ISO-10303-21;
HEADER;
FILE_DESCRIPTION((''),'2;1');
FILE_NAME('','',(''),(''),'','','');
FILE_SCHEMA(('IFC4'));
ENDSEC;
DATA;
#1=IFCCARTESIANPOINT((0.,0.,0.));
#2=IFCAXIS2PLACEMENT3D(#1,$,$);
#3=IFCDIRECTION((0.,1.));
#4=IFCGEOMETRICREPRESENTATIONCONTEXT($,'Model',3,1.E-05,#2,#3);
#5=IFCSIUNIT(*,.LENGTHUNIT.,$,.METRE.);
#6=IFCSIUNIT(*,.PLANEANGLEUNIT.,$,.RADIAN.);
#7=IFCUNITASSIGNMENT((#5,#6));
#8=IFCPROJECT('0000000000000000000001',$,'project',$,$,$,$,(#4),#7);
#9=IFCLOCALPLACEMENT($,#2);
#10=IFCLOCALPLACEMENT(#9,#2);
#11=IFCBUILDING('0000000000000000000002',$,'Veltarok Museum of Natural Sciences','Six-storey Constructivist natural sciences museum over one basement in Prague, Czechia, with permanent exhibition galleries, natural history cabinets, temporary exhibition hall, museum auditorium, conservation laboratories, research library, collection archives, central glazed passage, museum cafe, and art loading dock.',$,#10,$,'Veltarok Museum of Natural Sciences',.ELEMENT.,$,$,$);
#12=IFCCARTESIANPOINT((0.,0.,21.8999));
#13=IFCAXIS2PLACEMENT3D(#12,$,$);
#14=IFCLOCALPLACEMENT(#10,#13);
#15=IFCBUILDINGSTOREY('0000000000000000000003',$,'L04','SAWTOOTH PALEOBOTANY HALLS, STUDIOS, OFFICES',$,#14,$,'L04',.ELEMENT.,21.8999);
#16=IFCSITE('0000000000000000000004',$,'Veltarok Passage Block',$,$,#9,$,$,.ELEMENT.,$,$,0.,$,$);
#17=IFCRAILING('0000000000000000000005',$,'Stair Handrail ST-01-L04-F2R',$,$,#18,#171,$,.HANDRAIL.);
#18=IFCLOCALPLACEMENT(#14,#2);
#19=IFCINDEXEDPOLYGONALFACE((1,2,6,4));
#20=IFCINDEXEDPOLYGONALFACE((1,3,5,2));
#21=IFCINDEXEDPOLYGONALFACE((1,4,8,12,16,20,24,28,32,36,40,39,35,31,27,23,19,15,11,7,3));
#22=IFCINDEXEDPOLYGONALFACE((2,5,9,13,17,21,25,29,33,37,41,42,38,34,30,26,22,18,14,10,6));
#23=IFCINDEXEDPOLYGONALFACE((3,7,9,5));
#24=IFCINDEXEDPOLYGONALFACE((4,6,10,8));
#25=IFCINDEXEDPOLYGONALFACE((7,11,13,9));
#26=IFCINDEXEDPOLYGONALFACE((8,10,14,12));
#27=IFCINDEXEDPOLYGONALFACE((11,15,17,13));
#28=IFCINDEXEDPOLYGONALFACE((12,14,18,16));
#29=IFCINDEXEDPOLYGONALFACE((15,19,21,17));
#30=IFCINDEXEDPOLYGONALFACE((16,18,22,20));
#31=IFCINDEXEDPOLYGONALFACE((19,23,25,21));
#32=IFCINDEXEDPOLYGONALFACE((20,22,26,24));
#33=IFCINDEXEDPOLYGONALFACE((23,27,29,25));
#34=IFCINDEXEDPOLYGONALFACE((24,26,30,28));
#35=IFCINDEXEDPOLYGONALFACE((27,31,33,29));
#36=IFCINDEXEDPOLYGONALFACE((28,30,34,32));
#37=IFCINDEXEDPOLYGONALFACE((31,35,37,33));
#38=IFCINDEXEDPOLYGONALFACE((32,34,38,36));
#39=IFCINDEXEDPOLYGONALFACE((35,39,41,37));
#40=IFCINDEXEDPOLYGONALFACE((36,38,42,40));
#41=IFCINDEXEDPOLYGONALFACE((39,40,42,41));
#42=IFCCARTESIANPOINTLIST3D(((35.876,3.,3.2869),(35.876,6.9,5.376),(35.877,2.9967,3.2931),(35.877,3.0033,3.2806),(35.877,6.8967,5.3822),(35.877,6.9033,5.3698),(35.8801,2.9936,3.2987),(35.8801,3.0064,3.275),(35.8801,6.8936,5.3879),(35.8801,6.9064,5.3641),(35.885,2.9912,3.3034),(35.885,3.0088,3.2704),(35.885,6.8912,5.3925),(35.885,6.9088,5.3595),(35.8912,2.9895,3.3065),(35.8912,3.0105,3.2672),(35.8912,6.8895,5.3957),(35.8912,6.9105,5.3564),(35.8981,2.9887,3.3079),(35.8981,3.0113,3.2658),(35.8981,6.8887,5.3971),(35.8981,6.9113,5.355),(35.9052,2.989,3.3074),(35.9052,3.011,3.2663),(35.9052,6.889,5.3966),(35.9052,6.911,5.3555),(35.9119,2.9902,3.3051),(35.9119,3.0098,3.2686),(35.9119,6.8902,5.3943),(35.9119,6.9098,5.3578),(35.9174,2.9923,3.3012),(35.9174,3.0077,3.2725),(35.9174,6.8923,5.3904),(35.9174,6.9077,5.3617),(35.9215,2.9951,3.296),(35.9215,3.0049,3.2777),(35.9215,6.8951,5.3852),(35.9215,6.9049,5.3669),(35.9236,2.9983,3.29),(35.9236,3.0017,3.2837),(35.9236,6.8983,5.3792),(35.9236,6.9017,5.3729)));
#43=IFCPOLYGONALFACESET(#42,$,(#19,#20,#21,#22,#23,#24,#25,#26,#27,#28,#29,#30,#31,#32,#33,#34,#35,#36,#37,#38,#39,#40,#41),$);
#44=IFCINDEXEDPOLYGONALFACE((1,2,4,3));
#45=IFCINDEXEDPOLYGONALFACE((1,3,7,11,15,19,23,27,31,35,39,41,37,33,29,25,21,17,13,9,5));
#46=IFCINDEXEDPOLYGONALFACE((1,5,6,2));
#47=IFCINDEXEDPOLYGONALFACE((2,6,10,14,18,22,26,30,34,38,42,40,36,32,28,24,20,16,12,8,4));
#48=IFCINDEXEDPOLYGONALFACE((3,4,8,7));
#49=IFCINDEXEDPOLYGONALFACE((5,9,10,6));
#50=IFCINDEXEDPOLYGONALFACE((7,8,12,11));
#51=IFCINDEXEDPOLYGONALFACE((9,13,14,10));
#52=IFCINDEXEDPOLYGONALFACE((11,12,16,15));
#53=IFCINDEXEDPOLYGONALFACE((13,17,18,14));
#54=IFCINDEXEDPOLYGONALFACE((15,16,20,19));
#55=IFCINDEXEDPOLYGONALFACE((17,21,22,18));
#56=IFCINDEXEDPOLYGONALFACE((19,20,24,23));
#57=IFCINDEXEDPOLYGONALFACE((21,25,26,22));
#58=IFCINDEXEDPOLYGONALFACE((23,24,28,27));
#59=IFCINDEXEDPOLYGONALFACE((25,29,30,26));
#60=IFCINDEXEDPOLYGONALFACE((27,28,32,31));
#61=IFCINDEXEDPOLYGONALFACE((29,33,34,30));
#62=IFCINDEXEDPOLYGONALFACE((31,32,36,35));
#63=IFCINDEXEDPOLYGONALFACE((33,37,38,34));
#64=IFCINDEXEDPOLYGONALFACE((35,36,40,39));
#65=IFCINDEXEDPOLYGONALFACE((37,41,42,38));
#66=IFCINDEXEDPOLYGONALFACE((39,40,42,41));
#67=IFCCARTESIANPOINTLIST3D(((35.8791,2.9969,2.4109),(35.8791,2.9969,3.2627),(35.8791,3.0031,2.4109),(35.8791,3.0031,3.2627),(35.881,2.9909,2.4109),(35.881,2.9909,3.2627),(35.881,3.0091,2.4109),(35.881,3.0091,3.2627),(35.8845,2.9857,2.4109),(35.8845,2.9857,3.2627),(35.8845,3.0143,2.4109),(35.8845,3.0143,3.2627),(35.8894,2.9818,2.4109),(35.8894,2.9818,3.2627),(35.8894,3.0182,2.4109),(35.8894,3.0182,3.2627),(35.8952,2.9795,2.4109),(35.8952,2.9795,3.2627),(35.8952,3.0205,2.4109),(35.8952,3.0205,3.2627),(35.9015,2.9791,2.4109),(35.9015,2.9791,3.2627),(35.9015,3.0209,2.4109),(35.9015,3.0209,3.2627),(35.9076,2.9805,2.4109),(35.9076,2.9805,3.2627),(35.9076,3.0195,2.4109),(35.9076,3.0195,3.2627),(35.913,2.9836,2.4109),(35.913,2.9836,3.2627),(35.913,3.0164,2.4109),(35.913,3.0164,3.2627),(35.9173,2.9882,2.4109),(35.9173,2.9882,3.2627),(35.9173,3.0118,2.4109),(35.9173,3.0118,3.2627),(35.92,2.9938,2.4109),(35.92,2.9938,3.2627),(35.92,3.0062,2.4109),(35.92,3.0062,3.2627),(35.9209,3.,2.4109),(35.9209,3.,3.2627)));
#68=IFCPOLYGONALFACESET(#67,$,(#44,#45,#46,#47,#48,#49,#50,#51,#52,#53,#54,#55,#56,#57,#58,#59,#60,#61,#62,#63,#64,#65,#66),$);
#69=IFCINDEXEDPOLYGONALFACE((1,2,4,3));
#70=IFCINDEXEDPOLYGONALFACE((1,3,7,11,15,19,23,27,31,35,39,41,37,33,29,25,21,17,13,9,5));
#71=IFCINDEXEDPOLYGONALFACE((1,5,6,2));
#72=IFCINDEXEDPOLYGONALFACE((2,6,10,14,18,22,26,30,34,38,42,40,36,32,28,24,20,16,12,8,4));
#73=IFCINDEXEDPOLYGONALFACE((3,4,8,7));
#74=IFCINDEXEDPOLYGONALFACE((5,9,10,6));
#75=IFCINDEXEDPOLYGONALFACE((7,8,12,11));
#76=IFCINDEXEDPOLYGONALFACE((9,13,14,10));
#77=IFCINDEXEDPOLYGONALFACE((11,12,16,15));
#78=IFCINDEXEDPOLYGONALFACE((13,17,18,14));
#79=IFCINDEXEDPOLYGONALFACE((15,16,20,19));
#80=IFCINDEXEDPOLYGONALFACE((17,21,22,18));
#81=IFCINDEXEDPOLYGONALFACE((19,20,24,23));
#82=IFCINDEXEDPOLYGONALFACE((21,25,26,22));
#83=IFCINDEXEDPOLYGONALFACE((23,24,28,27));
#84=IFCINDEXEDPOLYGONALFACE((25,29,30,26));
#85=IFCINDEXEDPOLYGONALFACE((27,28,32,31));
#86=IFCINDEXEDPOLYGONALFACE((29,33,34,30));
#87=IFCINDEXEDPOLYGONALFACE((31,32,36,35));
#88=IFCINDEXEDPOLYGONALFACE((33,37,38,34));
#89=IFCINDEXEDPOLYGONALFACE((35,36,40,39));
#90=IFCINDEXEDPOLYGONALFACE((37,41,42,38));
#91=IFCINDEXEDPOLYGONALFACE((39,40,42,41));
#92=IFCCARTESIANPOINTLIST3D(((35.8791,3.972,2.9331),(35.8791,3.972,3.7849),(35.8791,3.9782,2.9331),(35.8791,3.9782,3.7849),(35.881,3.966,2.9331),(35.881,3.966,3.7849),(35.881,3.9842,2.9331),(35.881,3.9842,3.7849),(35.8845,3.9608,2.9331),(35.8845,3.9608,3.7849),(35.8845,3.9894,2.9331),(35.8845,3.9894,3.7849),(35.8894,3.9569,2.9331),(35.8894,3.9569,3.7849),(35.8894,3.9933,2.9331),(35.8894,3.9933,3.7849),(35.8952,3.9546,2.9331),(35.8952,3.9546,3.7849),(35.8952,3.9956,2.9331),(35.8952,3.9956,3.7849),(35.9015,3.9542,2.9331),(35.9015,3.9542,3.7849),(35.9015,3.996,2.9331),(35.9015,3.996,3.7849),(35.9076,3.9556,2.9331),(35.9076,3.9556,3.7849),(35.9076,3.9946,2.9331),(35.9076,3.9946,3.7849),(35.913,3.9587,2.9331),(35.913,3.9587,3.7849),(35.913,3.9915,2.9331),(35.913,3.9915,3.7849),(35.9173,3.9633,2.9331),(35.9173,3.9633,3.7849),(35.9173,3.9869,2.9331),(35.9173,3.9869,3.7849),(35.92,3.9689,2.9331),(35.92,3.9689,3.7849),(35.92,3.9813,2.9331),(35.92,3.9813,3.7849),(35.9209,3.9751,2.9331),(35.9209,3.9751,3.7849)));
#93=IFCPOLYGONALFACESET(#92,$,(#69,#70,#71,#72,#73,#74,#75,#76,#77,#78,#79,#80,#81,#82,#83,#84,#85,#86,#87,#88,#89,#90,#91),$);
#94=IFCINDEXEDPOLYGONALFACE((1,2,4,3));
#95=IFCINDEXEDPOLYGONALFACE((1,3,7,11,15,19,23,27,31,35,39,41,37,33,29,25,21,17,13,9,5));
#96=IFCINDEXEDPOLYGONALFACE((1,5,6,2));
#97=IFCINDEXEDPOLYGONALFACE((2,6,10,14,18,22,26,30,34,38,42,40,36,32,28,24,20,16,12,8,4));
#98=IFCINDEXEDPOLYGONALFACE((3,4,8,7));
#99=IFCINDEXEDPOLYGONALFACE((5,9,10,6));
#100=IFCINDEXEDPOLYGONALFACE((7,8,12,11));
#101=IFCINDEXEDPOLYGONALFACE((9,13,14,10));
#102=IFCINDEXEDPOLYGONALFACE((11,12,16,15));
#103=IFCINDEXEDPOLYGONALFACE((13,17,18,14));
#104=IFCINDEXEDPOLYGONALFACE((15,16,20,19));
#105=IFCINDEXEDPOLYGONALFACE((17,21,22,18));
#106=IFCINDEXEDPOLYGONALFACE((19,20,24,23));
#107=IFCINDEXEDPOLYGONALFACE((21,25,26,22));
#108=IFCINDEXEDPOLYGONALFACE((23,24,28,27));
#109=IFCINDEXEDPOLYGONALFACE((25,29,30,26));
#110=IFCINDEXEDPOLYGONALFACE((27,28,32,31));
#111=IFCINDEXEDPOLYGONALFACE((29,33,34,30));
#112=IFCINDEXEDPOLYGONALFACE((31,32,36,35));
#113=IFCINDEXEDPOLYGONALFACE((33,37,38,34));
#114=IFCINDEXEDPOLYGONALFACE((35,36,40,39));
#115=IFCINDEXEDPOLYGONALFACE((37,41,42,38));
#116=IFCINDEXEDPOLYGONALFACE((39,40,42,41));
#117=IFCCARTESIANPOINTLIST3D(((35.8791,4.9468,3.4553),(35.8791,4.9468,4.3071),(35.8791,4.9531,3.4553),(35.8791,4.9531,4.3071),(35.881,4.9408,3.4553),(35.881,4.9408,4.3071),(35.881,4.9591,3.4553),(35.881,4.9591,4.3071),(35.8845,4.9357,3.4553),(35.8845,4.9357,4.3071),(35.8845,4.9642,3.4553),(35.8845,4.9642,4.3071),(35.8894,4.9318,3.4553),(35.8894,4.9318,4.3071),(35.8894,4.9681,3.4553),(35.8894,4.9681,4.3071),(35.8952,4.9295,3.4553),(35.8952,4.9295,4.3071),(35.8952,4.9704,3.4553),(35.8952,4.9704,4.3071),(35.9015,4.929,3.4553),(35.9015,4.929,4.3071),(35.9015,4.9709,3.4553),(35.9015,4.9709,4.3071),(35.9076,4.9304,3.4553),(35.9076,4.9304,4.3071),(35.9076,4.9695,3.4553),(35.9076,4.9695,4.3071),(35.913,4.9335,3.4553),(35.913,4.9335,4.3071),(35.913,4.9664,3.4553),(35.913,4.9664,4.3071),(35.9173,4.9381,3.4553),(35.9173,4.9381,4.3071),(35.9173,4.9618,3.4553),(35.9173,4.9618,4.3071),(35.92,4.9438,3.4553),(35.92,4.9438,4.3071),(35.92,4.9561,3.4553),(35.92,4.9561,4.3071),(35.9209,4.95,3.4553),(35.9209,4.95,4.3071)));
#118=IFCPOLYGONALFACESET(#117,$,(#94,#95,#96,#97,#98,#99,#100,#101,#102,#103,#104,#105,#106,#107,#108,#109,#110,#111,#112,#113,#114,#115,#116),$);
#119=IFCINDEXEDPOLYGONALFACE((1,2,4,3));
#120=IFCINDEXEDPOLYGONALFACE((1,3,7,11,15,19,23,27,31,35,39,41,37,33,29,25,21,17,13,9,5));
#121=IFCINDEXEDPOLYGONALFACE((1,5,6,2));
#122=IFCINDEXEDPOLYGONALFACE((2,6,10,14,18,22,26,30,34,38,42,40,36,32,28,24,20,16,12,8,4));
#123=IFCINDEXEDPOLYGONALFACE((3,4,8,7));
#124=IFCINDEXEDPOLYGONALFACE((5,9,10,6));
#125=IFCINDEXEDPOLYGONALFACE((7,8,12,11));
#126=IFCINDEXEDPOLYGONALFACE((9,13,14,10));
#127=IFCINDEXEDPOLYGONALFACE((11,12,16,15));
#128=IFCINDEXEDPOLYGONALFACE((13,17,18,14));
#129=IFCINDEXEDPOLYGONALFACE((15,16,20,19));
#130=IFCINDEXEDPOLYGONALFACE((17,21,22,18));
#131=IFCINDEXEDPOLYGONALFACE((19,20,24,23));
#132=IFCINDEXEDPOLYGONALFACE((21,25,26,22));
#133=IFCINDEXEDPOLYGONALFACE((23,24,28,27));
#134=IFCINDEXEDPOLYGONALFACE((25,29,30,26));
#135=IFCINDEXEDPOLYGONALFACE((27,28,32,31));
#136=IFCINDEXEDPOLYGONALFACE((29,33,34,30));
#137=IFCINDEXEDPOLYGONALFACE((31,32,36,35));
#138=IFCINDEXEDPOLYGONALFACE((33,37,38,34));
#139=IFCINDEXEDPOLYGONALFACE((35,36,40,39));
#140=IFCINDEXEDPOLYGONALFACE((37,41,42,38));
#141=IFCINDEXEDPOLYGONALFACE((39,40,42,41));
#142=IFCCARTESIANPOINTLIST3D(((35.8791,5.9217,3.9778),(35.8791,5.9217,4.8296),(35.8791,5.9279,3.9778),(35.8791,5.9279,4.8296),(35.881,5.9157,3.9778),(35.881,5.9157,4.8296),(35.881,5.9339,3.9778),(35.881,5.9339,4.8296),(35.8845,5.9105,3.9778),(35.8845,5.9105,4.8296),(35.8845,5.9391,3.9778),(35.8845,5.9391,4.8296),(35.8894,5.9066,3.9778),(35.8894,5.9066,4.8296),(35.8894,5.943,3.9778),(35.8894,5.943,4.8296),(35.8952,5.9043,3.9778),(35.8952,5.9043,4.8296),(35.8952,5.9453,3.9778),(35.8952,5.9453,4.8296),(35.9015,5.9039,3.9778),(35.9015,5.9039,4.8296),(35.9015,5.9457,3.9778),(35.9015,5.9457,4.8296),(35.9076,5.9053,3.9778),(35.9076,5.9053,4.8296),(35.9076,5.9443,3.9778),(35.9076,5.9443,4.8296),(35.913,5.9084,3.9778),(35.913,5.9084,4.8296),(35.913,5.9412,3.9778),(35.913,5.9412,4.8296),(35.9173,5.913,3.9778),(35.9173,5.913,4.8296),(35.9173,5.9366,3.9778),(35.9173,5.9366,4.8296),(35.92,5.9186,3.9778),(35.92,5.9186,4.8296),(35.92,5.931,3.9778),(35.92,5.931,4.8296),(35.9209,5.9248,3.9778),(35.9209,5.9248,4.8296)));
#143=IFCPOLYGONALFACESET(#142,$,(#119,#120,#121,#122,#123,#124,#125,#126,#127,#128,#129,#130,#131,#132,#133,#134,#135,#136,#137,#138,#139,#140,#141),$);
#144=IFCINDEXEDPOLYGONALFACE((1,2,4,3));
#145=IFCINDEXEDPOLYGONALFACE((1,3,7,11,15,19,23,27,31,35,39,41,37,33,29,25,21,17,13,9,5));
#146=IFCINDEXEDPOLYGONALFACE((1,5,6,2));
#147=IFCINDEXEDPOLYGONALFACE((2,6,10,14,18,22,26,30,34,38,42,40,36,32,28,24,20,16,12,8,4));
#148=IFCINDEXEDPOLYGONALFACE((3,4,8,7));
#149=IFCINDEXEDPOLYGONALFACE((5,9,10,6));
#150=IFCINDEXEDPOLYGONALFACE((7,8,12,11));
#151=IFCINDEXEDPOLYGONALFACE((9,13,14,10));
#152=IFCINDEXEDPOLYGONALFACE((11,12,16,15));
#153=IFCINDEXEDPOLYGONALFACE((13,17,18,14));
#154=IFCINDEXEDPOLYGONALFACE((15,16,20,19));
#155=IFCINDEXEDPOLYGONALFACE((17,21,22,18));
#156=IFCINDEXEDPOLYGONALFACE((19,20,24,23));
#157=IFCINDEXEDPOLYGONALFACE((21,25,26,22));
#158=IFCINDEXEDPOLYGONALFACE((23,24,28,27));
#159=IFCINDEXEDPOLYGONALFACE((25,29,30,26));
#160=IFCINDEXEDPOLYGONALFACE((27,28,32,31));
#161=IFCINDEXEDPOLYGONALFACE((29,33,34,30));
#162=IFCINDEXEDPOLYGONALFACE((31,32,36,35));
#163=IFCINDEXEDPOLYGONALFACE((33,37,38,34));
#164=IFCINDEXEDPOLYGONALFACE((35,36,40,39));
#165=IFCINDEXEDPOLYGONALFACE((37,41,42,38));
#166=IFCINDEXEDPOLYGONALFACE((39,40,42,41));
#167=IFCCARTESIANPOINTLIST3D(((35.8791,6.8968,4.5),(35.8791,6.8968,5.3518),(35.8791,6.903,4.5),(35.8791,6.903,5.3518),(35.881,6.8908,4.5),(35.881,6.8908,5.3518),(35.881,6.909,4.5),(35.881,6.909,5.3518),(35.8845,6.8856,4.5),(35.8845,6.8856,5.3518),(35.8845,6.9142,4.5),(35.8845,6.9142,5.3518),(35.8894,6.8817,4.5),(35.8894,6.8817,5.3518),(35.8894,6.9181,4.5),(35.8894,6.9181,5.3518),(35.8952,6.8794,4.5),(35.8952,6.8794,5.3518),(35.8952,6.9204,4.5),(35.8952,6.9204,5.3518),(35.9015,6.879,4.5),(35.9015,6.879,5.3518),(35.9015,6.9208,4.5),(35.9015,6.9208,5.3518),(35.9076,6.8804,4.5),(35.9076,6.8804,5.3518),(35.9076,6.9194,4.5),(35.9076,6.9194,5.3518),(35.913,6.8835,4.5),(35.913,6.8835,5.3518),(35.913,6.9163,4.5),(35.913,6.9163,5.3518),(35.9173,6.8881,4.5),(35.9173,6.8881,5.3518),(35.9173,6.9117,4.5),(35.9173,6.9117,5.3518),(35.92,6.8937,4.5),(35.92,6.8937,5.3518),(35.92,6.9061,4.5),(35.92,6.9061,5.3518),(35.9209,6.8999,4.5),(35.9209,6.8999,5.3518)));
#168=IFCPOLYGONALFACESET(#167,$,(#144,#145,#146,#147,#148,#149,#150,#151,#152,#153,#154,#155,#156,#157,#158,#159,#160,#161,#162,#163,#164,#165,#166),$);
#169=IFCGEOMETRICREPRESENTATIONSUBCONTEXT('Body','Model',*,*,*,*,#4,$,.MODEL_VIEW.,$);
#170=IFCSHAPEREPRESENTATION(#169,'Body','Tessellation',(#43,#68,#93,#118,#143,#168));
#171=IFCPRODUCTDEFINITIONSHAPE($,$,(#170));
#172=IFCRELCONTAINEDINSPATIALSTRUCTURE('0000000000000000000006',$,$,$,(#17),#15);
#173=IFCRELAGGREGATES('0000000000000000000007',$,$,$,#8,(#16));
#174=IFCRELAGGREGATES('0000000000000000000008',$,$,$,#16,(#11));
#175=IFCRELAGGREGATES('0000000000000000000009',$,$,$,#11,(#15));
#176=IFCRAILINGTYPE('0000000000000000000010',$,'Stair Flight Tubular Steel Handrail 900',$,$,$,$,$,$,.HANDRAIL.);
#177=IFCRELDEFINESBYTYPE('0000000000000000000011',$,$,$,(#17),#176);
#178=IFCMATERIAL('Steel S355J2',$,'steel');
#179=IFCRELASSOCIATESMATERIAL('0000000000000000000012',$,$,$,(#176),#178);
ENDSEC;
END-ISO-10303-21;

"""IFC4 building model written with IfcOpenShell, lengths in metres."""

from ifc_helpers import new_model, si_unit, direction, frame, origin, origin_2d, place, context, subcontext, project, spatial, circle, extrude, material, type_object, element, save


model = new_model("IFC4")

# Units and contexts
model_context = context("Model", 3, precision=1e-05, world=origin(), true_north=direction((0.0, 1.0)))
body_context = subcontext(model_context, "Body", "Model", "MODEL_VIEW")
ifc_project = project(units=[si_unit("LENGTHUNIT", "METRE"), si_unit("PLANEANGLEUNIT", "RADIAN")], contexts=[model_context])

# Site, building, storey
site_placement = place(None, origin())
site = spatial("IfcSite", under=ifc_project, at=site_placement, Name="Veltarok Passage Block", CompositionType="ELEMENT", RefElevation=0.0)
building_placement = place(site_placement, origin())
building = spatial("IfcBuilding", under=site, at=building_placement, Name="Veltarok Museum of Natural Sciences", Description="Six-storey Constructivist natural sciences museum over one basement in Prague, Czechia, with permanent exhibition galleries, natural history cabinets, temporary exhibition hall, museum auditorium, conservation laboratories, research library, collection archives, central glazed passage, museum cafe, and art loading dock.", LongName="Veltarok Museum of Natural Sciences", CompositionType="ELEMENT")
storey_placement = place(building_placement, frame((0.0, 0.0, 21.8999)))
storey = spatial("IfcBuildingStorey", under=building, at=storey_placement, Name="L04", Description="SAWTOOTH PALEOBOTANY HALLS, STUDIOS, OFFICES", LongName="L04", CompositionType="ELEMENT", Elevation=21.8999)

# Shared definitions
ifc_material_1 = material(Name="Steel S355J2", Category="steel")

# Railing
railing_type_1 = type_object("IfcRailingType", Name="Stair Flight Tubular Steel Handrail 900", PredefinedType="HANDRAIL", material=ifc_material_1)
for number, where, name in (
    (1, (35.8999, 3.0, 2.4109), "Stair Handrail ST-01-L04-F2R"),
):
    element("IfcRailing", number, at=place(storey_placement, frame(where)), inside=storey, type_object=railing_type_1, Name=name, PredefinedType="HANDRAIL", context=body_context, shape_type="SweptSolid", body=[
        extrude(circle(Radius=0.0239, at=origin_2d()), frame((0.0, 0.0, 0.876), z_axis=(0.0, 0.881491, 0.4722), x_axis=(-1.0, 0.0, 0.0)), (0.0, 0.0, 1.0), 4.4243),
        extrude(circle(Radius=0.021, at=origin_2d()), origin(), (0.0, 0.0, 1.0), 0.8518),
        extrude(circle(Radius=0.021, at=origin_2d()), frame((0.0, 0.9751, 0.5222)), (0.0, 0.0, 1.0), 0.8518),
        extrude(circle(Radius=0.021, at=origin_2d()), frame((0.0, 1.95, 1.0444)), (0.0, 0.0, 1.0), 0.8518),
        extrude(circle(Radius=0.021, at=origin_2d()), frame((0.0, 2.9248, 1.5669)), (0.0, 0.0, 1.0), 0.8518),
        extrude(circle(Radius=0.021, at=origin_2d()), frame((0.0, 3.8999, 2.0891)), (0.0, 0.0, 1.0), 0.8518),
    ])

save(model, "model.ifc")
